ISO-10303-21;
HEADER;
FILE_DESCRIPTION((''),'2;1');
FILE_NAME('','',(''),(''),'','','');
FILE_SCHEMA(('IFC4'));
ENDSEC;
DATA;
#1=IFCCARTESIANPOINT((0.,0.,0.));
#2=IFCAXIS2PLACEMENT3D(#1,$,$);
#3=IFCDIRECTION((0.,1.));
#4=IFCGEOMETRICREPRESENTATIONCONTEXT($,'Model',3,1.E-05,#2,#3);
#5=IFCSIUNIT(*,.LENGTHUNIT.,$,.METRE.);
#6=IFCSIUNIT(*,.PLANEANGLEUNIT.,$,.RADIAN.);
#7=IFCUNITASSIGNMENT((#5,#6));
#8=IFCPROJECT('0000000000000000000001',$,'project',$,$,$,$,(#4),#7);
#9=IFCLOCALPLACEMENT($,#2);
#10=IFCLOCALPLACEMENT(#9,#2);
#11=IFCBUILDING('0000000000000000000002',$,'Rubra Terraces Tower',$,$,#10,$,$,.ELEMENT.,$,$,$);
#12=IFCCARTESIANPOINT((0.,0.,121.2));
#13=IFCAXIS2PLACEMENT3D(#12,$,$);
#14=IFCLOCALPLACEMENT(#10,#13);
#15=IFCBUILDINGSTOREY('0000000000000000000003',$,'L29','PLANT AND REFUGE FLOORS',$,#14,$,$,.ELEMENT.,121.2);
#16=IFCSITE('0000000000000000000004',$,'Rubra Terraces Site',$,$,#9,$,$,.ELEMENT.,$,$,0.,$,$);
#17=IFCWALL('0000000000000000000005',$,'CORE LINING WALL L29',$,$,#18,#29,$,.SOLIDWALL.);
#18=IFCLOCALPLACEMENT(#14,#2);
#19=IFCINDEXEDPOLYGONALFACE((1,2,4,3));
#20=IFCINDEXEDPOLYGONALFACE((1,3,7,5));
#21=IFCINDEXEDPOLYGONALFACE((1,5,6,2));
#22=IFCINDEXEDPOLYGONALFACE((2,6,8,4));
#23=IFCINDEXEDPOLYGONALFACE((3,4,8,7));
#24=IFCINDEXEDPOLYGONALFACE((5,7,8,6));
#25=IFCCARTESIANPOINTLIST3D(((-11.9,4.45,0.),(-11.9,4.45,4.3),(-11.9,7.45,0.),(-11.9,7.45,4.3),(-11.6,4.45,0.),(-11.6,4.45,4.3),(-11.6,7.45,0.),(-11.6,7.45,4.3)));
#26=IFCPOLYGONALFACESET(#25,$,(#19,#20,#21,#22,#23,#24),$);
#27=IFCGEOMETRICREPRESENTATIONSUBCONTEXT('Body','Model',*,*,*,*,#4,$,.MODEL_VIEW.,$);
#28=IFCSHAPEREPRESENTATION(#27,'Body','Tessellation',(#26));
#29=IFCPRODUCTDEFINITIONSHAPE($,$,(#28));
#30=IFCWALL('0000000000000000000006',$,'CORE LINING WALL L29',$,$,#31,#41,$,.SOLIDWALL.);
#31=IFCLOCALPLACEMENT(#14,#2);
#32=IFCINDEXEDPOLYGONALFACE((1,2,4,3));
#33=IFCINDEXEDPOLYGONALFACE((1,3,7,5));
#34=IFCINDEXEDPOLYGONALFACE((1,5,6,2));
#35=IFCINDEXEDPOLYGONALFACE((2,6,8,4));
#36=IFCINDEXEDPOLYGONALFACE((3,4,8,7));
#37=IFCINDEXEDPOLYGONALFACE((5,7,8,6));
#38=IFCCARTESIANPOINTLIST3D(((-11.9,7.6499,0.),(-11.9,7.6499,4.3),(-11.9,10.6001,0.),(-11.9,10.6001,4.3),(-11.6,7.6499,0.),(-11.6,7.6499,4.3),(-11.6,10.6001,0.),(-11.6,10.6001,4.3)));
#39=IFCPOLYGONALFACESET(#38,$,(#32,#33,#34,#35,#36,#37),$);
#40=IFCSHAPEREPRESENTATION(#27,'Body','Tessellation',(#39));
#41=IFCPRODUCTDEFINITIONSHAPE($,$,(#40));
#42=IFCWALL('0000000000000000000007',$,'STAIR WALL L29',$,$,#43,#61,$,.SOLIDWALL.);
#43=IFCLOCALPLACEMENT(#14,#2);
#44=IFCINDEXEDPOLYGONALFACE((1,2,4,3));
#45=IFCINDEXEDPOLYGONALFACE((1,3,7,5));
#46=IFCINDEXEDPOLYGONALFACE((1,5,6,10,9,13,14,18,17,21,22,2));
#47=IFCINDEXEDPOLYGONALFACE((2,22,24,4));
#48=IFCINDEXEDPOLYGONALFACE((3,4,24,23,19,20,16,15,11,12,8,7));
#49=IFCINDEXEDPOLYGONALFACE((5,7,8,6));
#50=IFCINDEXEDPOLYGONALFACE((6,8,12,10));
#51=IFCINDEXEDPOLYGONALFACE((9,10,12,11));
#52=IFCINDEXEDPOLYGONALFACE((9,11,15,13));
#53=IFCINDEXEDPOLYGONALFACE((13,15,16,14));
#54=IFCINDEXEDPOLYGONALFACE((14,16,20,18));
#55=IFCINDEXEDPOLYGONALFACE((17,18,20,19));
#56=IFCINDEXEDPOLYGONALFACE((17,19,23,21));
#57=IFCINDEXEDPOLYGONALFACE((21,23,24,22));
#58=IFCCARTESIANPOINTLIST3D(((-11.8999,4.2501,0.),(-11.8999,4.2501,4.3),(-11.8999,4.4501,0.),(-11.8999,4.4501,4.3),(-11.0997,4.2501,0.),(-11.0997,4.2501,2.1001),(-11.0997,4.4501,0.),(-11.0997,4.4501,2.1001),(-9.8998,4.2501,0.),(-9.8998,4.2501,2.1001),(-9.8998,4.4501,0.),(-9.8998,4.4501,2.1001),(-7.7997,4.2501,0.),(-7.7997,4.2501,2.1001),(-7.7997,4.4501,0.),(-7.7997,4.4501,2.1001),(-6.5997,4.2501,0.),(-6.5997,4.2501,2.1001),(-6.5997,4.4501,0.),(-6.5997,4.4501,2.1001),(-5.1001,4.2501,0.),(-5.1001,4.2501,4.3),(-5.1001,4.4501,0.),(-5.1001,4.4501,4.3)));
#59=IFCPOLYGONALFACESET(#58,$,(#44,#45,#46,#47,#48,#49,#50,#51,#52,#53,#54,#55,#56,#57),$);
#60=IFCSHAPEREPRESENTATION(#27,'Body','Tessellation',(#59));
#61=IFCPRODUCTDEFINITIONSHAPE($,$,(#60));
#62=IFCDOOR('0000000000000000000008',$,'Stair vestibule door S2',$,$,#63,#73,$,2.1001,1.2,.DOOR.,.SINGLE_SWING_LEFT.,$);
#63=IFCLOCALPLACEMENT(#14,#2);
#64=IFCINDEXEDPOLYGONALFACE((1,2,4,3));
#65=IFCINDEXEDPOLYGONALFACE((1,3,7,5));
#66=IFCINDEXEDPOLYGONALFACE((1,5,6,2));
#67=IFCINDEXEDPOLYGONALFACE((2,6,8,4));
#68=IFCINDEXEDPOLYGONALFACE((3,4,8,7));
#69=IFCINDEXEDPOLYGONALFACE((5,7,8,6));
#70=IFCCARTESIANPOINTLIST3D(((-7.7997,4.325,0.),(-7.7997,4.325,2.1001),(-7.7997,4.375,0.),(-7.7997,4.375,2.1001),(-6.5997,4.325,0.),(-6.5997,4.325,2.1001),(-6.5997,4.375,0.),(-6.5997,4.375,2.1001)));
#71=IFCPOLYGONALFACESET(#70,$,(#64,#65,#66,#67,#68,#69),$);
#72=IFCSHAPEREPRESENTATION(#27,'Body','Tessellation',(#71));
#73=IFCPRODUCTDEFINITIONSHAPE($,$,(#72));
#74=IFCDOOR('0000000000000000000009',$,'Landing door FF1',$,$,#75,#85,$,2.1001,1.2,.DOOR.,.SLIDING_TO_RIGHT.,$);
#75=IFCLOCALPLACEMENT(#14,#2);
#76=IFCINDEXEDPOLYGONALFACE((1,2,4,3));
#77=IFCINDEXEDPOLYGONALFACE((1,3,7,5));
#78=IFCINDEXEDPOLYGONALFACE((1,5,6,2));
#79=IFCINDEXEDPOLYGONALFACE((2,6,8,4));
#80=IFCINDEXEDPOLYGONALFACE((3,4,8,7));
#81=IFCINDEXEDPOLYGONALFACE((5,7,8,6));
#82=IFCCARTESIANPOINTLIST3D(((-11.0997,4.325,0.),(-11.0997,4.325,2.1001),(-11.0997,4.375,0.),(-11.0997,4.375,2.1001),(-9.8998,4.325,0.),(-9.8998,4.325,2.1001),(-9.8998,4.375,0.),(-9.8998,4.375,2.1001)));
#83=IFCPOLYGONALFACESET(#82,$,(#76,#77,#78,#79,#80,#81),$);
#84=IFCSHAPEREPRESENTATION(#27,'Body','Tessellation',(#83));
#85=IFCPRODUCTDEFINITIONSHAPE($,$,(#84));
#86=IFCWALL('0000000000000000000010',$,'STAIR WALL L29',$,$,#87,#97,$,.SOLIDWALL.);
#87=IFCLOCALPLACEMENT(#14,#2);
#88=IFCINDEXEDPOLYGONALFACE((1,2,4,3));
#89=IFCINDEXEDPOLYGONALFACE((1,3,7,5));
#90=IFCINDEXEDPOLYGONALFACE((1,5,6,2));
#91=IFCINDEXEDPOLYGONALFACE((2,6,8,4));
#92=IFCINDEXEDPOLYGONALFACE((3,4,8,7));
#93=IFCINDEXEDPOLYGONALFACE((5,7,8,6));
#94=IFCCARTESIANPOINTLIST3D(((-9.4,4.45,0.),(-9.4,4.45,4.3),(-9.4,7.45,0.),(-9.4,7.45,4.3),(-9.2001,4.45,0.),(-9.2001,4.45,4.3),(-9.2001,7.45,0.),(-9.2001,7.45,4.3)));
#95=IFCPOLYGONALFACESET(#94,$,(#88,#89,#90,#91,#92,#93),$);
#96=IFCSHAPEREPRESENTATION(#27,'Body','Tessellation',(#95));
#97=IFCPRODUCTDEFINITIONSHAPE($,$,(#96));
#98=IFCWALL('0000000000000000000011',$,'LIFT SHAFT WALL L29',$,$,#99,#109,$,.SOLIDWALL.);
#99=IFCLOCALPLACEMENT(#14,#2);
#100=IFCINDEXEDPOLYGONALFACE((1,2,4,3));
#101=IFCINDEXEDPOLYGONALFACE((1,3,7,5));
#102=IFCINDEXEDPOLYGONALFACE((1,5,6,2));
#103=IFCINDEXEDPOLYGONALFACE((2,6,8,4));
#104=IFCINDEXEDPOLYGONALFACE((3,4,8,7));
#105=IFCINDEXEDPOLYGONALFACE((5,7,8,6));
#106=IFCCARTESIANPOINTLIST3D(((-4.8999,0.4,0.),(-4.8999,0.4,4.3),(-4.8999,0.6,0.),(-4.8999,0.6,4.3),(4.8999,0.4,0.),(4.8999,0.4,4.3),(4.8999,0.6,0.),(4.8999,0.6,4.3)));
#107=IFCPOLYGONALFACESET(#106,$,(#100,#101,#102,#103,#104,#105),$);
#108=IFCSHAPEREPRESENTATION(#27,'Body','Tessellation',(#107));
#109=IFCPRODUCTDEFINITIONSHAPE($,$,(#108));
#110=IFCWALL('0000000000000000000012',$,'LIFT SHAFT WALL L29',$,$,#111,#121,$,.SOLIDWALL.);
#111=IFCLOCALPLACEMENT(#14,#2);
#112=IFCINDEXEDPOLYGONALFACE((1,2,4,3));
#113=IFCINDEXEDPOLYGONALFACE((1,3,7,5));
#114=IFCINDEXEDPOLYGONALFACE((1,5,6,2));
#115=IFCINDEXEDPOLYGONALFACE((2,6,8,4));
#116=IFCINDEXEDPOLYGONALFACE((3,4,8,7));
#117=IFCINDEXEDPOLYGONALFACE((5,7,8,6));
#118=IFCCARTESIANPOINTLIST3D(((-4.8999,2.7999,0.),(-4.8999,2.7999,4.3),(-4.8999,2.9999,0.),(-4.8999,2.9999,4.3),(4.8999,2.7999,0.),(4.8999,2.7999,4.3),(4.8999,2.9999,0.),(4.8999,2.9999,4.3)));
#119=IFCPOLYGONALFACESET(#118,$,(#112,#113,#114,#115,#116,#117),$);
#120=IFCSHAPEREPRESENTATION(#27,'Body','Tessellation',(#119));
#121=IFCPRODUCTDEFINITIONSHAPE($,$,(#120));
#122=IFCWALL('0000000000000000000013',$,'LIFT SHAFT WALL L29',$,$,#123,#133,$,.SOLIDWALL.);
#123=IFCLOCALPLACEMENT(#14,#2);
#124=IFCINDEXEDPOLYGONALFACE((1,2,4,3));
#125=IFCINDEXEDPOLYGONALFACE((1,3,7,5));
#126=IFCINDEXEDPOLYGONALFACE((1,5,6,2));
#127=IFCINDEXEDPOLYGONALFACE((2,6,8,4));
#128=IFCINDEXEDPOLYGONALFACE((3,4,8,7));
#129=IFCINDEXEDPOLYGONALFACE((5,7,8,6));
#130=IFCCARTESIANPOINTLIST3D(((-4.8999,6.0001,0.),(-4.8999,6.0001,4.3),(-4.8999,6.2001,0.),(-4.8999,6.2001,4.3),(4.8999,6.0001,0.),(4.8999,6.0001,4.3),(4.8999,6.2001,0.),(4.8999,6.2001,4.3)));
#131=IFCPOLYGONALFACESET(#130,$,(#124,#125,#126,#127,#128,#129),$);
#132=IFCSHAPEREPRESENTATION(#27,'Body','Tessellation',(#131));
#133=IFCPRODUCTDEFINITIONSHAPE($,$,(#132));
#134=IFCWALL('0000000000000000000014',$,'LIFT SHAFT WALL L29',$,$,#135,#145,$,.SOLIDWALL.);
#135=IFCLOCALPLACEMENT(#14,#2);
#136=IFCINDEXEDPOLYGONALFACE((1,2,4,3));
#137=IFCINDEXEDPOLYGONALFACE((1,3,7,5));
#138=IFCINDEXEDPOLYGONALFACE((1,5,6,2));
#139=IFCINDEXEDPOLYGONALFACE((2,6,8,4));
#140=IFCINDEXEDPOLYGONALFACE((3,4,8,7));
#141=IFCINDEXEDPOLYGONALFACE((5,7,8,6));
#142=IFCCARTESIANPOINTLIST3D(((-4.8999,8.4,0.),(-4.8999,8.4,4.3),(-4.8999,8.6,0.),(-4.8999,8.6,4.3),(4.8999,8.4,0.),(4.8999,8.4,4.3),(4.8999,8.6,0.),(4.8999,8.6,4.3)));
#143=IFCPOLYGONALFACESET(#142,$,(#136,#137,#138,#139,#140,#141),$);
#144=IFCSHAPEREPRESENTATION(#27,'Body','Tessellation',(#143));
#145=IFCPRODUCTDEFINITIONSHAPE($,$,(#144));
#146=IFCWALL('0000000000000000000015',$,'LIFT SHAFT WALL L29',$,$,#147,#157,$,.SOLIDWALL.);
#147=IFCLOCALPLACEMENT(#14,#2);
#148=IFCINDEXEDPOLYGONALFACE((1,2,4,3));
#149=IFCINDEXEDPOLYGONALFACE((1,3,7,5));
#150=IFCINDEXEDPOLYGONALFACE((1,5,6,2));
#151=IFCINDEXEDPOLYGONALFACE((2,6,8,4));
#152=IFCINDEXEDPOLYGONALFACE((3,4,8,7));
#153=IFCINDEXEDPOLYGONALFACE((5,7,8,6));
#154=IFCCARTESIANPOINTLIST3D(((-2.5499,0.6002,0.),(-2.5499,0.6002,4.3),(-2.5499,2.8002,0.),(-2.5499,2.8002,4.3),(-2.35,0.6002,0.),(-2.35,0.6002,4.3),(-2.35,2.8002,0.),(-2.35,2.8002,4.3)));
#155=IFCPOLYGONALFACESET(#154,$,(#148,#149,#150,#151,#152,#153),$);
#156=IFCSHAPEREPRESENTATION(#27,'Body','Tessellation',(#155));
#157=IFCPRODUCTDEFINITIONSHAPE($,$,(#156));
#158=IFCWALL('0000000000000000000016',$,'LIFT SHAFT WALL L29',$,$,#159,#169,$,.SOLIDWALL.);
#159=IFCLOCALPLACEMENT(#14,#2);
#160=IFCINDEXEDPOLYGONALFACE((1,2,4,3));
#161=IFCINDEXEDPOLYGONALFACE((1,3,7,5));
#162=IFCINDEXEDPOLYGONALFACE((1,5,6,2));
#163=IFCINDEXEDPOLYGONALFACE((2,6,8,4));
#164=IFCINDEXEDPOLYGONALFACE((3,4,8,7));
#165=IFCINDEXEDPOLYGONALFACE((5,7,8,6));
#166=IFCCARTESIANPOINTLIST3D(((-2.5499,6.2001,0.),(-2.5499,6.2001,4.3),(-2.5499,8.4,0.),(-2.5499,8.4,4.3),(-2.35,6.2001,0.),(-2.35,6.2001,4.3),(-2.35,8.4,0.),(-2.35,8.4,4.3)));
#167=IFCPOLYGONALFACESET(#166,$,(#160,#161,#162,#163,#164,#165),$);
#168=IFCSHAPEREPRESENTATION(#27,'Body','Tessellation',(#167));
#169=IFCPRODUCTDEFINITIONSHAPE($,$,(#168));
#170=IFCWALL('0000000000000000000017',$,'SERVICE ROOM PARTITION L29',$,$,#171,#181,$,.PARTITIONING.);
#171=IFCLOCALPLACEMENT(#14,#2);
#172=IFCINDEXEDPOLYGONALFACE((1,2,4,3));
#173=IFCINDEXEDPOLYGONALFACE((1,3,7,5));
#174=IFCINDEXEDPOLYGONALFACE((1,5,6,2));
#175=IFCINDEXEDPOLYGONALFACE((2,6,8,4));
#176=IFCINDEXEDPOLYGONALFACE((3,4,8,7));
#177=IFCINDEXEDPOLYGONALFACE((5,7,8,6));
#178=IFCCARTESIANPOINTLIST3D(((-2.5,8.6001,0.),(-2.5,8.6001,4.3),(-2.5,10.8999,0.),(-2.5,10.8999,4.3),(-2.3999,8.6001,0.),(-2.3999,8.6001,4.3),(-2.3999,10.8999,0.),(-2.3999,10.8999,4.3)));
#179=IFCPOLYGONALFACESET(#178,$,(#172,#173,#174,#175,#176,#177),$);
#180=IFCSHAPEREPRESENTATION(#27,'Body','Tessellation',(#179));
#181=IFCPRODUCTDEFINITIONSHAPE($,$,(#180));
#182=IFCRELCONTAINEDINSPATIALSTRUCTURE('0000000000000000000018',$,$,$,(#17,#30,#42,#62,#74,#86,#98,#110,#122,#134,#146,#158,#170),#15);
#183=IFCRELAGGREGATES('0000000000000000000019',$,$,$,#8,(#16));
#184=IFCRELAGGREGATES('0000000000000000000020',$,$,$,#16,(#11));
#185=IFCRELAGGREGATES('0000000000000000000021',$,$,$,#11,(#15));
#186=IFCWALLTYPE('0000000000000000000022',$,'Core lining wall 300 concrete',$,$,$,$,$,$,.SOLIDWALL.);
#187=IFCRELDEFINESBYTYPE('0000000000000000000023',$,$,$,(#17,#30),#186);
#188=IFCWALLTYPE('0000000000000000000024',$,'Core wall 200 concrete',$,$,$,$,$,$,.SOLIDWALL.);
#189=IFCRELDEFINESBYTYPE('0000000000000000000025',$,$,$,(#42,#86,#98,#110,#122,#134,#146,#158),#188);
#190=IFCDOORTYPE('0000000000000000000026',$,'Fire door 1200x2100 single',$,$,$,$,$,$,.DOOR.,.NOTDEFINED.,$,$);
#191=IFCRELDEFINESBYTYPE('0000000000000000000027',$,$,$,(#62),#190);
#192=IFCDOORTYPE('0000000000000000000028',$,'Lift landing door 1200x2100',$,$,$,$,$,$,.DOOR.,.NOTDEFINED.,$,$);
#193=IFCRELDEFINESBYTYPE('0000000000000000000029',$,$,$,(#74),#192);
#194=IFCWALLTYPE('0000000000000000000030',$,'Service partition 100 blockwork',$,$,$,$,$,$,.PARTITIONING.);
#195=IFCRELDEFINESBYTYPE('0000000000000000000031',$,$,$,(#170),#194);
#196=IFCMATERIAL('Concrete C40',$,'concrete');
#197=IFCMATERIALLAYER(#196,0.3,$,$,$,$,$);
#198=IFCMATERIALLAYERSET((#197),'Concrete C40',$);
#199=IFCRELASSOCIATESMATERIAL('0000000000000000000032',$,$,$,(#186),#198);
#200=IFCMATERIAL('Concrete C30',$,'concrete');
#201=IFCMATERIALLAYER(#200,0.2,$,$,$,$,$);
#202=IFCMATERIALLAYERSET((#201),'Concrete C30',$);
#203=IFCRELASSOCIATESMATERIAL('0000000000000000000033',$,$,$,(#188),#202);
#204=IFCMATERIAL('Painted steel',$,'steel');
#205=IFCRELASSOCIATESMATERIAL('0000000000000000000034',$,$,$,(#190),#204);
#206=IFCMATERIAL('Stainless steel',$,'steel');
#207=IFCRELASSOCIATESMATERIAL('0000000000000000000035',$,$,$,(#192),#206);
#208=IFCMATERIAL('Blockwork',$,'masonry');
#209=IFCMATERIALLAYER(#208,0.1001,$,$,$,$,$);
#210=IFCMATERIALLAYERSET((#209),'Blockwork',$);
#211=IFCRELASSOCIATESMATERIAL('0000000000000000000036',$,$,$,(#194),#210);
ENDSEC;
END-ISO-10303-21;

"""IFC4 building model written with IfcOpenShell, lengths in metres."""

from ifc_helpers import new_model, si_unit, direction, frame, frame_2d, origin, place, context, subcontext, project, spatial, rectangle, extrude, material, layer, layer_set, type_object, element, fill, save


model = new_model("IFC4")

# Units and contexts
model_context = context("Model", 3, precision=1e-05, world=origin(), true_north=direction((0.0, 1.0)))
body_context = subcontext(model_context, "Body", "Model", "MODEL_VIEW")
ifc_project = project(units=[si_unit("LENGTHUNIT", "METRE"), si_unit("PLANEANGLEUNIT", "RADIAN")], contexts=[model_context])

# Site, building, storey
site_placement = place(None, origin())
site = spatial("IfcSite", under=ifc_project, at=site_placement, Name="Rubra Terraces Site", CompositionType="ELEMENT", RefElevation=0.0)
building_placement = place(site_placement, origin())
building = spatial("IfcBuilding", under=site, at=building_placement, Name="Rubra Terraces Tower", CompositionType="ELEMENT")
storey_placement = place(building_placement, frame((0.0, 0.0, 121.2)))
storey = spatial("IfcBuildingStorey", under=building, at=storey_placement, Name="L29", Description="PLANT AND REFUGE FLOORS", CompositionType="ELEMENT", Elevation=121.2)

# Shared definitions
ifc_material_1 = material(Name="Concrete C40", Category="concrete")

# Walls
ifc_layer_1 = layer(ifc_material_1, 0.3)
ifc_layer_set_1 = layer_set([ifc_layer_1], Name="Concrete C40")
wall_type_1 = type_object("IfcWallType", Name="Core lining wall 300 concrete", PredefinedType="SOLIDWALL", material=ifc_layer_set_1)
wall_1_placement = place(storey_placement, frame((-11.75, 4.45, 0.0), z_axis=(0.0, 0.0, 1.0), x_axis=(0.0, 1.0, 0.0)))
element("IfcWall", 1, at=wall_1_placement, inside=storey, type_object=wall_type_1, Name="CORE LINING WALL L29", PredefinedType="SOLIDWALL", context=body_context, shape_type="SweptSolid", body=[
    extrude(rectangle(XDim=3.0, YDim=0.3, at=frame_2d((1.5, 0.0))), origin(), (0.0, 0.0, 1.0), 4.3),
])
wall_2_placement = place(storey_placement, frame((-11.75, 7.6499, 0.0), z_axis=(0.0, 0.0, 1.0), x_axis=(0.0, 1.0, 0.0)))
element("IfcWall", 2, at=wall_2_placement, inside=storey, type_object=wall_type_1, Name="CORE LINING WALL L29", PredefinedType="SOLIDWALL", context=body_context, shape_type="SweptSolid", body=[
    extrude(rectangle(XDim=2.9502, YDim=0.3, at=frame_2d((1.4751, 0.0))), origin(), (0.0, 0.0, 1.0), 4.3),
])

# Wall, openings, doors
ifc_material_2 = material(Name="Concrete C30", Category="concrete")
ifc_layer_2 = layer(ifc_material_2, 0.2)
ifc_layer_set_2 = layer_set([ifc_layer_2], Name="Concrete C30")
wall_type_2 = type_object("IfcWallType", Name="Core wall 200 concrete", PredefinedType="SOLIDWALL", material=ifc_layer_set_2)
wall_3_placement = place(storey_placement, frame((-11.8999, 4.3501, 0.0), z_axis=(0.0, 0.0, 1.0), x_axis=(1.0, 0.0, 0.0)))
wall_3 = element("IfcWall", 3, at=wall_3_placement, inside=storey, type_object=wall_type_2, Name="STAIR WALL L29", PredefinedType="SOLIDWALL", context=body_context, shape_type="SweptSolid", body=[
    extrude(rectangle(XDim=6.7998, YDim=0.2, at=frame_2d((3.3999, 0.0))), origin(), (0.0, 0.0, 1.0), 4.3),
])
opening_1_placement = place(wall_3_placement, frame((4.1001, 0.0, 0.0)))
opening_1 = element("IfcOpeningElement", 4, at=opening_1_placement, cuts=wall_3, PredefinedType="OPENING", context=body_context, shape_type="SweptSolid", body=[
    extrude(rectangle(XDim=1.2, YDim=2.1001, at=frame_2d((0.6001, 1.05))), frame((0.0, 0.1099, 0.0), z_axis=(0.0, -1.0, 0.0), x_axis=(1.0, 0.0, 0.0)), (0.0, 0.0, 1.0), 0.22),
])
opening_2_placement = place(wall_3_placement, frame((0.8, 0.0, 0.0)))
opening_2 = element("IfcOpeningElement", 5, at=opening_2_placement, cuts=wall_3, PredefinedType="OPENING", context=body_context, shape_type="SweptSolid", body=[
    extrude(rectangle(XDim=1.2, YDim=2.1001, at=frame_2d((0.6001, 1.05))), frame((0.0, 0.1099, 0.0), z_axis=(0.0, -1.0, 0.0), x_axis=(1.0, 0.0, 0.0)), (0.0, 0.0, 1.0), 0.22),
])
ifc_material_3 = material(Name="Painted steel", Category="steel")
door_type_1 = type_object("IfcDoorType", Name="Fire door 1200x2100 single", OperationType="NOTDEFINED", PredefinedType="DOOR", material=ifc_material_3)
door_1_placement = place(opening_1_placement, origin())
door_1 = element("IfcDoor", 6, at=door_1_placement, inside=storey, type_object=door_type_1, Name="Stair vestibule door S2", OperationType="SINGLE_SWING_LEFT", OverallHeight=2.1001, OverallWidth=1.2, PredefinedType="DOOR", context=body_context, shape_type="SweptSolid", body=[
    extrude(rectangle(XDim=1.2, YDim=2.1001, at=frame_2d((0.6001, 1.05))), frame((0.0, 0.0249, 0.0), z_axis=(0.0, -1.0, 0.0), x_axis=(1.0, 0.0, 0.0)), (0.0, 0.0, 1.0), 0.05),
])
fill(opening_1, door_1)
ifc_material_4 = material(Name="Stainless steel", Category="steel")
door_type_2 = type_object("IfcDoorType", Name="Lift landing door 1200x2100", OperationType="NOTDEFINED", PredefinedType="DOOR", material=ifc_material_4)
door_2_placement = place(opening_2_placement, origin())
door_2 = element("IfcDoor", 7, at=door_2_placement, inside=storey, type_object=door_type_2, Name="Landing door FF1", OperationType="SLIDING_TO_RIGHT", OverallHeight=2.1001, OverallWidth=1.2, PredefinedType="DOOR", context=body_context, shape_type="SweptSolid", body=[
    extrude(rectangle(XDim=1.2, YDim=2.1001, at=frame_2d((0.6001, 1.05))), frame((0.0, 0.0249, 0.0), z_axis=(0.0, -1.0, 0.0), x_axis=(1.0, 0.0, 0.0)), (0.0, 0.0, 1.0), 0.05),
])
fill(opening_2, door_2)

# Walls
wall_4_placement = place(storey_placement, frame((-9.3, 4.45, 0.0), z_axis=(0.0, 0.0, 1.0), x_axis=(0.0, 1.0, 0.0)))
element("IfcWall", 8, at=wall_4_placement, inside=storey, type_object=wall_type_2, Name="STAIR WALL L29", PredefinedType="SOLIDWALL", context=body_context, shape_type="SweptSolid", body=[
    extrude(rectangle(XDim=3.0, YDim=0.2, at=frame_2d((1.5, 0.0))), origin(), (0.0, 0.0, 1.0), 4.3),
])
for number, where, z_axis, x_axis, name in (
    (9, (-4.8999, 0.5, 0.0), (0.0, 0.0, 1.0), (1.0, 0.0, 0.0), "LIFT SHAFT WALL L29"),
    (10, (-4.8999, 2.8999, 0.0), (0.0, 0.0, 1.0), (1.0, 0.0, 0.0), "LIFT SHAFT WALL L29"),
    (11, (-4.8999, 6.1001, 0.0), (0.0, 0.0, 1.0), (1.0, 0.0, 0.0), "LIFT SHAFT WALL L29"),
    (12, (-4.8999, 8.5, 0.0), (0.0, 0.0, 1.0), (1.0, 0.0, 0.0), "LIFT SHAFT WALL L29"),
):
    element("IfcWall", number, at=place(storey_placement, frame(where, z_axis=z_axis, x_axis=x_axis)), inside=storey, type_object=wall_type_2, Name=name, PredefinedType="SOLIDWALL", context=body_context, shape_type="SweptSolid", body=[
        extrude(rectangle(XDim=9.7998, YDim=0.2, at=frame_2d((4.8999, 0.0))), origin(), (0.0, 0.0, 1.0), 4.3),
    ])
for number, where, z_axis, x_axis, name in (
    (13, (-2.45, 0.6001, 0.0), (0.0, 0.0, 1.0), (0.0, 1.0, 0.0), "LIFT SHAFT WALL L29"),
    (14, (-2.45, 6.2, 0.0), (0.0, 0.0, 1.0), (0.0, 1.0, 0.0), "LIFT SHAFT WALL L29"),
):
    element("IfcWall", number, at=place(storey_placement, frame(where, z_axis=z_axis, x_axis=x_axis)), inside=storey, type_object=wall_type_2, Name=name, PredefinedType="SOLIDWALL", context=body_context, shape_type="SweptSolid", body=[
        extrude(rectangle(XDim=2.2, YDim=0.2, at=frame_2d((1.1001, 0.0))), origin(), (0.0, 0.0, 1.0), 4.3),
    ])
ifc_material_5 = material(Name="Blockwork", Category="masonry")
ifc_layer_3 = layer(ifc_material_5, 0.1001)
ifc_layer_set_3 = layer_set([ifc_layer_3], Name="Blockwork")
wall_type_3 = type_object("IfcWallType", Name="Service partition 100 blockwork", PredefinedType="PARTITIONING", material=ifc_layer_set_3)
wall_5_placement = place(storey_placement, frame((-2.45, 8.6001, 0.0), z_axis=(0.0, 0.0, 1.0), x_axis=(0.0, 1.0, 0.0)))
element("IfcWall", 15, at=wall_5_placement, inside=storey, type_object=wall_type_3, Name="SERVICE ROOM PARTITION L29", PredefinedType="PARTITIONING", context=body_context, shape_type="SweptSolid", body=[
    extrude(rectangle(XDim=2.2998, YDim=0.1001, at=frame_2d((1.1499, 0.0))), origin(), (0.0, 0.0, 1.0), 4.3),
])

save(model, "model.ifc")
